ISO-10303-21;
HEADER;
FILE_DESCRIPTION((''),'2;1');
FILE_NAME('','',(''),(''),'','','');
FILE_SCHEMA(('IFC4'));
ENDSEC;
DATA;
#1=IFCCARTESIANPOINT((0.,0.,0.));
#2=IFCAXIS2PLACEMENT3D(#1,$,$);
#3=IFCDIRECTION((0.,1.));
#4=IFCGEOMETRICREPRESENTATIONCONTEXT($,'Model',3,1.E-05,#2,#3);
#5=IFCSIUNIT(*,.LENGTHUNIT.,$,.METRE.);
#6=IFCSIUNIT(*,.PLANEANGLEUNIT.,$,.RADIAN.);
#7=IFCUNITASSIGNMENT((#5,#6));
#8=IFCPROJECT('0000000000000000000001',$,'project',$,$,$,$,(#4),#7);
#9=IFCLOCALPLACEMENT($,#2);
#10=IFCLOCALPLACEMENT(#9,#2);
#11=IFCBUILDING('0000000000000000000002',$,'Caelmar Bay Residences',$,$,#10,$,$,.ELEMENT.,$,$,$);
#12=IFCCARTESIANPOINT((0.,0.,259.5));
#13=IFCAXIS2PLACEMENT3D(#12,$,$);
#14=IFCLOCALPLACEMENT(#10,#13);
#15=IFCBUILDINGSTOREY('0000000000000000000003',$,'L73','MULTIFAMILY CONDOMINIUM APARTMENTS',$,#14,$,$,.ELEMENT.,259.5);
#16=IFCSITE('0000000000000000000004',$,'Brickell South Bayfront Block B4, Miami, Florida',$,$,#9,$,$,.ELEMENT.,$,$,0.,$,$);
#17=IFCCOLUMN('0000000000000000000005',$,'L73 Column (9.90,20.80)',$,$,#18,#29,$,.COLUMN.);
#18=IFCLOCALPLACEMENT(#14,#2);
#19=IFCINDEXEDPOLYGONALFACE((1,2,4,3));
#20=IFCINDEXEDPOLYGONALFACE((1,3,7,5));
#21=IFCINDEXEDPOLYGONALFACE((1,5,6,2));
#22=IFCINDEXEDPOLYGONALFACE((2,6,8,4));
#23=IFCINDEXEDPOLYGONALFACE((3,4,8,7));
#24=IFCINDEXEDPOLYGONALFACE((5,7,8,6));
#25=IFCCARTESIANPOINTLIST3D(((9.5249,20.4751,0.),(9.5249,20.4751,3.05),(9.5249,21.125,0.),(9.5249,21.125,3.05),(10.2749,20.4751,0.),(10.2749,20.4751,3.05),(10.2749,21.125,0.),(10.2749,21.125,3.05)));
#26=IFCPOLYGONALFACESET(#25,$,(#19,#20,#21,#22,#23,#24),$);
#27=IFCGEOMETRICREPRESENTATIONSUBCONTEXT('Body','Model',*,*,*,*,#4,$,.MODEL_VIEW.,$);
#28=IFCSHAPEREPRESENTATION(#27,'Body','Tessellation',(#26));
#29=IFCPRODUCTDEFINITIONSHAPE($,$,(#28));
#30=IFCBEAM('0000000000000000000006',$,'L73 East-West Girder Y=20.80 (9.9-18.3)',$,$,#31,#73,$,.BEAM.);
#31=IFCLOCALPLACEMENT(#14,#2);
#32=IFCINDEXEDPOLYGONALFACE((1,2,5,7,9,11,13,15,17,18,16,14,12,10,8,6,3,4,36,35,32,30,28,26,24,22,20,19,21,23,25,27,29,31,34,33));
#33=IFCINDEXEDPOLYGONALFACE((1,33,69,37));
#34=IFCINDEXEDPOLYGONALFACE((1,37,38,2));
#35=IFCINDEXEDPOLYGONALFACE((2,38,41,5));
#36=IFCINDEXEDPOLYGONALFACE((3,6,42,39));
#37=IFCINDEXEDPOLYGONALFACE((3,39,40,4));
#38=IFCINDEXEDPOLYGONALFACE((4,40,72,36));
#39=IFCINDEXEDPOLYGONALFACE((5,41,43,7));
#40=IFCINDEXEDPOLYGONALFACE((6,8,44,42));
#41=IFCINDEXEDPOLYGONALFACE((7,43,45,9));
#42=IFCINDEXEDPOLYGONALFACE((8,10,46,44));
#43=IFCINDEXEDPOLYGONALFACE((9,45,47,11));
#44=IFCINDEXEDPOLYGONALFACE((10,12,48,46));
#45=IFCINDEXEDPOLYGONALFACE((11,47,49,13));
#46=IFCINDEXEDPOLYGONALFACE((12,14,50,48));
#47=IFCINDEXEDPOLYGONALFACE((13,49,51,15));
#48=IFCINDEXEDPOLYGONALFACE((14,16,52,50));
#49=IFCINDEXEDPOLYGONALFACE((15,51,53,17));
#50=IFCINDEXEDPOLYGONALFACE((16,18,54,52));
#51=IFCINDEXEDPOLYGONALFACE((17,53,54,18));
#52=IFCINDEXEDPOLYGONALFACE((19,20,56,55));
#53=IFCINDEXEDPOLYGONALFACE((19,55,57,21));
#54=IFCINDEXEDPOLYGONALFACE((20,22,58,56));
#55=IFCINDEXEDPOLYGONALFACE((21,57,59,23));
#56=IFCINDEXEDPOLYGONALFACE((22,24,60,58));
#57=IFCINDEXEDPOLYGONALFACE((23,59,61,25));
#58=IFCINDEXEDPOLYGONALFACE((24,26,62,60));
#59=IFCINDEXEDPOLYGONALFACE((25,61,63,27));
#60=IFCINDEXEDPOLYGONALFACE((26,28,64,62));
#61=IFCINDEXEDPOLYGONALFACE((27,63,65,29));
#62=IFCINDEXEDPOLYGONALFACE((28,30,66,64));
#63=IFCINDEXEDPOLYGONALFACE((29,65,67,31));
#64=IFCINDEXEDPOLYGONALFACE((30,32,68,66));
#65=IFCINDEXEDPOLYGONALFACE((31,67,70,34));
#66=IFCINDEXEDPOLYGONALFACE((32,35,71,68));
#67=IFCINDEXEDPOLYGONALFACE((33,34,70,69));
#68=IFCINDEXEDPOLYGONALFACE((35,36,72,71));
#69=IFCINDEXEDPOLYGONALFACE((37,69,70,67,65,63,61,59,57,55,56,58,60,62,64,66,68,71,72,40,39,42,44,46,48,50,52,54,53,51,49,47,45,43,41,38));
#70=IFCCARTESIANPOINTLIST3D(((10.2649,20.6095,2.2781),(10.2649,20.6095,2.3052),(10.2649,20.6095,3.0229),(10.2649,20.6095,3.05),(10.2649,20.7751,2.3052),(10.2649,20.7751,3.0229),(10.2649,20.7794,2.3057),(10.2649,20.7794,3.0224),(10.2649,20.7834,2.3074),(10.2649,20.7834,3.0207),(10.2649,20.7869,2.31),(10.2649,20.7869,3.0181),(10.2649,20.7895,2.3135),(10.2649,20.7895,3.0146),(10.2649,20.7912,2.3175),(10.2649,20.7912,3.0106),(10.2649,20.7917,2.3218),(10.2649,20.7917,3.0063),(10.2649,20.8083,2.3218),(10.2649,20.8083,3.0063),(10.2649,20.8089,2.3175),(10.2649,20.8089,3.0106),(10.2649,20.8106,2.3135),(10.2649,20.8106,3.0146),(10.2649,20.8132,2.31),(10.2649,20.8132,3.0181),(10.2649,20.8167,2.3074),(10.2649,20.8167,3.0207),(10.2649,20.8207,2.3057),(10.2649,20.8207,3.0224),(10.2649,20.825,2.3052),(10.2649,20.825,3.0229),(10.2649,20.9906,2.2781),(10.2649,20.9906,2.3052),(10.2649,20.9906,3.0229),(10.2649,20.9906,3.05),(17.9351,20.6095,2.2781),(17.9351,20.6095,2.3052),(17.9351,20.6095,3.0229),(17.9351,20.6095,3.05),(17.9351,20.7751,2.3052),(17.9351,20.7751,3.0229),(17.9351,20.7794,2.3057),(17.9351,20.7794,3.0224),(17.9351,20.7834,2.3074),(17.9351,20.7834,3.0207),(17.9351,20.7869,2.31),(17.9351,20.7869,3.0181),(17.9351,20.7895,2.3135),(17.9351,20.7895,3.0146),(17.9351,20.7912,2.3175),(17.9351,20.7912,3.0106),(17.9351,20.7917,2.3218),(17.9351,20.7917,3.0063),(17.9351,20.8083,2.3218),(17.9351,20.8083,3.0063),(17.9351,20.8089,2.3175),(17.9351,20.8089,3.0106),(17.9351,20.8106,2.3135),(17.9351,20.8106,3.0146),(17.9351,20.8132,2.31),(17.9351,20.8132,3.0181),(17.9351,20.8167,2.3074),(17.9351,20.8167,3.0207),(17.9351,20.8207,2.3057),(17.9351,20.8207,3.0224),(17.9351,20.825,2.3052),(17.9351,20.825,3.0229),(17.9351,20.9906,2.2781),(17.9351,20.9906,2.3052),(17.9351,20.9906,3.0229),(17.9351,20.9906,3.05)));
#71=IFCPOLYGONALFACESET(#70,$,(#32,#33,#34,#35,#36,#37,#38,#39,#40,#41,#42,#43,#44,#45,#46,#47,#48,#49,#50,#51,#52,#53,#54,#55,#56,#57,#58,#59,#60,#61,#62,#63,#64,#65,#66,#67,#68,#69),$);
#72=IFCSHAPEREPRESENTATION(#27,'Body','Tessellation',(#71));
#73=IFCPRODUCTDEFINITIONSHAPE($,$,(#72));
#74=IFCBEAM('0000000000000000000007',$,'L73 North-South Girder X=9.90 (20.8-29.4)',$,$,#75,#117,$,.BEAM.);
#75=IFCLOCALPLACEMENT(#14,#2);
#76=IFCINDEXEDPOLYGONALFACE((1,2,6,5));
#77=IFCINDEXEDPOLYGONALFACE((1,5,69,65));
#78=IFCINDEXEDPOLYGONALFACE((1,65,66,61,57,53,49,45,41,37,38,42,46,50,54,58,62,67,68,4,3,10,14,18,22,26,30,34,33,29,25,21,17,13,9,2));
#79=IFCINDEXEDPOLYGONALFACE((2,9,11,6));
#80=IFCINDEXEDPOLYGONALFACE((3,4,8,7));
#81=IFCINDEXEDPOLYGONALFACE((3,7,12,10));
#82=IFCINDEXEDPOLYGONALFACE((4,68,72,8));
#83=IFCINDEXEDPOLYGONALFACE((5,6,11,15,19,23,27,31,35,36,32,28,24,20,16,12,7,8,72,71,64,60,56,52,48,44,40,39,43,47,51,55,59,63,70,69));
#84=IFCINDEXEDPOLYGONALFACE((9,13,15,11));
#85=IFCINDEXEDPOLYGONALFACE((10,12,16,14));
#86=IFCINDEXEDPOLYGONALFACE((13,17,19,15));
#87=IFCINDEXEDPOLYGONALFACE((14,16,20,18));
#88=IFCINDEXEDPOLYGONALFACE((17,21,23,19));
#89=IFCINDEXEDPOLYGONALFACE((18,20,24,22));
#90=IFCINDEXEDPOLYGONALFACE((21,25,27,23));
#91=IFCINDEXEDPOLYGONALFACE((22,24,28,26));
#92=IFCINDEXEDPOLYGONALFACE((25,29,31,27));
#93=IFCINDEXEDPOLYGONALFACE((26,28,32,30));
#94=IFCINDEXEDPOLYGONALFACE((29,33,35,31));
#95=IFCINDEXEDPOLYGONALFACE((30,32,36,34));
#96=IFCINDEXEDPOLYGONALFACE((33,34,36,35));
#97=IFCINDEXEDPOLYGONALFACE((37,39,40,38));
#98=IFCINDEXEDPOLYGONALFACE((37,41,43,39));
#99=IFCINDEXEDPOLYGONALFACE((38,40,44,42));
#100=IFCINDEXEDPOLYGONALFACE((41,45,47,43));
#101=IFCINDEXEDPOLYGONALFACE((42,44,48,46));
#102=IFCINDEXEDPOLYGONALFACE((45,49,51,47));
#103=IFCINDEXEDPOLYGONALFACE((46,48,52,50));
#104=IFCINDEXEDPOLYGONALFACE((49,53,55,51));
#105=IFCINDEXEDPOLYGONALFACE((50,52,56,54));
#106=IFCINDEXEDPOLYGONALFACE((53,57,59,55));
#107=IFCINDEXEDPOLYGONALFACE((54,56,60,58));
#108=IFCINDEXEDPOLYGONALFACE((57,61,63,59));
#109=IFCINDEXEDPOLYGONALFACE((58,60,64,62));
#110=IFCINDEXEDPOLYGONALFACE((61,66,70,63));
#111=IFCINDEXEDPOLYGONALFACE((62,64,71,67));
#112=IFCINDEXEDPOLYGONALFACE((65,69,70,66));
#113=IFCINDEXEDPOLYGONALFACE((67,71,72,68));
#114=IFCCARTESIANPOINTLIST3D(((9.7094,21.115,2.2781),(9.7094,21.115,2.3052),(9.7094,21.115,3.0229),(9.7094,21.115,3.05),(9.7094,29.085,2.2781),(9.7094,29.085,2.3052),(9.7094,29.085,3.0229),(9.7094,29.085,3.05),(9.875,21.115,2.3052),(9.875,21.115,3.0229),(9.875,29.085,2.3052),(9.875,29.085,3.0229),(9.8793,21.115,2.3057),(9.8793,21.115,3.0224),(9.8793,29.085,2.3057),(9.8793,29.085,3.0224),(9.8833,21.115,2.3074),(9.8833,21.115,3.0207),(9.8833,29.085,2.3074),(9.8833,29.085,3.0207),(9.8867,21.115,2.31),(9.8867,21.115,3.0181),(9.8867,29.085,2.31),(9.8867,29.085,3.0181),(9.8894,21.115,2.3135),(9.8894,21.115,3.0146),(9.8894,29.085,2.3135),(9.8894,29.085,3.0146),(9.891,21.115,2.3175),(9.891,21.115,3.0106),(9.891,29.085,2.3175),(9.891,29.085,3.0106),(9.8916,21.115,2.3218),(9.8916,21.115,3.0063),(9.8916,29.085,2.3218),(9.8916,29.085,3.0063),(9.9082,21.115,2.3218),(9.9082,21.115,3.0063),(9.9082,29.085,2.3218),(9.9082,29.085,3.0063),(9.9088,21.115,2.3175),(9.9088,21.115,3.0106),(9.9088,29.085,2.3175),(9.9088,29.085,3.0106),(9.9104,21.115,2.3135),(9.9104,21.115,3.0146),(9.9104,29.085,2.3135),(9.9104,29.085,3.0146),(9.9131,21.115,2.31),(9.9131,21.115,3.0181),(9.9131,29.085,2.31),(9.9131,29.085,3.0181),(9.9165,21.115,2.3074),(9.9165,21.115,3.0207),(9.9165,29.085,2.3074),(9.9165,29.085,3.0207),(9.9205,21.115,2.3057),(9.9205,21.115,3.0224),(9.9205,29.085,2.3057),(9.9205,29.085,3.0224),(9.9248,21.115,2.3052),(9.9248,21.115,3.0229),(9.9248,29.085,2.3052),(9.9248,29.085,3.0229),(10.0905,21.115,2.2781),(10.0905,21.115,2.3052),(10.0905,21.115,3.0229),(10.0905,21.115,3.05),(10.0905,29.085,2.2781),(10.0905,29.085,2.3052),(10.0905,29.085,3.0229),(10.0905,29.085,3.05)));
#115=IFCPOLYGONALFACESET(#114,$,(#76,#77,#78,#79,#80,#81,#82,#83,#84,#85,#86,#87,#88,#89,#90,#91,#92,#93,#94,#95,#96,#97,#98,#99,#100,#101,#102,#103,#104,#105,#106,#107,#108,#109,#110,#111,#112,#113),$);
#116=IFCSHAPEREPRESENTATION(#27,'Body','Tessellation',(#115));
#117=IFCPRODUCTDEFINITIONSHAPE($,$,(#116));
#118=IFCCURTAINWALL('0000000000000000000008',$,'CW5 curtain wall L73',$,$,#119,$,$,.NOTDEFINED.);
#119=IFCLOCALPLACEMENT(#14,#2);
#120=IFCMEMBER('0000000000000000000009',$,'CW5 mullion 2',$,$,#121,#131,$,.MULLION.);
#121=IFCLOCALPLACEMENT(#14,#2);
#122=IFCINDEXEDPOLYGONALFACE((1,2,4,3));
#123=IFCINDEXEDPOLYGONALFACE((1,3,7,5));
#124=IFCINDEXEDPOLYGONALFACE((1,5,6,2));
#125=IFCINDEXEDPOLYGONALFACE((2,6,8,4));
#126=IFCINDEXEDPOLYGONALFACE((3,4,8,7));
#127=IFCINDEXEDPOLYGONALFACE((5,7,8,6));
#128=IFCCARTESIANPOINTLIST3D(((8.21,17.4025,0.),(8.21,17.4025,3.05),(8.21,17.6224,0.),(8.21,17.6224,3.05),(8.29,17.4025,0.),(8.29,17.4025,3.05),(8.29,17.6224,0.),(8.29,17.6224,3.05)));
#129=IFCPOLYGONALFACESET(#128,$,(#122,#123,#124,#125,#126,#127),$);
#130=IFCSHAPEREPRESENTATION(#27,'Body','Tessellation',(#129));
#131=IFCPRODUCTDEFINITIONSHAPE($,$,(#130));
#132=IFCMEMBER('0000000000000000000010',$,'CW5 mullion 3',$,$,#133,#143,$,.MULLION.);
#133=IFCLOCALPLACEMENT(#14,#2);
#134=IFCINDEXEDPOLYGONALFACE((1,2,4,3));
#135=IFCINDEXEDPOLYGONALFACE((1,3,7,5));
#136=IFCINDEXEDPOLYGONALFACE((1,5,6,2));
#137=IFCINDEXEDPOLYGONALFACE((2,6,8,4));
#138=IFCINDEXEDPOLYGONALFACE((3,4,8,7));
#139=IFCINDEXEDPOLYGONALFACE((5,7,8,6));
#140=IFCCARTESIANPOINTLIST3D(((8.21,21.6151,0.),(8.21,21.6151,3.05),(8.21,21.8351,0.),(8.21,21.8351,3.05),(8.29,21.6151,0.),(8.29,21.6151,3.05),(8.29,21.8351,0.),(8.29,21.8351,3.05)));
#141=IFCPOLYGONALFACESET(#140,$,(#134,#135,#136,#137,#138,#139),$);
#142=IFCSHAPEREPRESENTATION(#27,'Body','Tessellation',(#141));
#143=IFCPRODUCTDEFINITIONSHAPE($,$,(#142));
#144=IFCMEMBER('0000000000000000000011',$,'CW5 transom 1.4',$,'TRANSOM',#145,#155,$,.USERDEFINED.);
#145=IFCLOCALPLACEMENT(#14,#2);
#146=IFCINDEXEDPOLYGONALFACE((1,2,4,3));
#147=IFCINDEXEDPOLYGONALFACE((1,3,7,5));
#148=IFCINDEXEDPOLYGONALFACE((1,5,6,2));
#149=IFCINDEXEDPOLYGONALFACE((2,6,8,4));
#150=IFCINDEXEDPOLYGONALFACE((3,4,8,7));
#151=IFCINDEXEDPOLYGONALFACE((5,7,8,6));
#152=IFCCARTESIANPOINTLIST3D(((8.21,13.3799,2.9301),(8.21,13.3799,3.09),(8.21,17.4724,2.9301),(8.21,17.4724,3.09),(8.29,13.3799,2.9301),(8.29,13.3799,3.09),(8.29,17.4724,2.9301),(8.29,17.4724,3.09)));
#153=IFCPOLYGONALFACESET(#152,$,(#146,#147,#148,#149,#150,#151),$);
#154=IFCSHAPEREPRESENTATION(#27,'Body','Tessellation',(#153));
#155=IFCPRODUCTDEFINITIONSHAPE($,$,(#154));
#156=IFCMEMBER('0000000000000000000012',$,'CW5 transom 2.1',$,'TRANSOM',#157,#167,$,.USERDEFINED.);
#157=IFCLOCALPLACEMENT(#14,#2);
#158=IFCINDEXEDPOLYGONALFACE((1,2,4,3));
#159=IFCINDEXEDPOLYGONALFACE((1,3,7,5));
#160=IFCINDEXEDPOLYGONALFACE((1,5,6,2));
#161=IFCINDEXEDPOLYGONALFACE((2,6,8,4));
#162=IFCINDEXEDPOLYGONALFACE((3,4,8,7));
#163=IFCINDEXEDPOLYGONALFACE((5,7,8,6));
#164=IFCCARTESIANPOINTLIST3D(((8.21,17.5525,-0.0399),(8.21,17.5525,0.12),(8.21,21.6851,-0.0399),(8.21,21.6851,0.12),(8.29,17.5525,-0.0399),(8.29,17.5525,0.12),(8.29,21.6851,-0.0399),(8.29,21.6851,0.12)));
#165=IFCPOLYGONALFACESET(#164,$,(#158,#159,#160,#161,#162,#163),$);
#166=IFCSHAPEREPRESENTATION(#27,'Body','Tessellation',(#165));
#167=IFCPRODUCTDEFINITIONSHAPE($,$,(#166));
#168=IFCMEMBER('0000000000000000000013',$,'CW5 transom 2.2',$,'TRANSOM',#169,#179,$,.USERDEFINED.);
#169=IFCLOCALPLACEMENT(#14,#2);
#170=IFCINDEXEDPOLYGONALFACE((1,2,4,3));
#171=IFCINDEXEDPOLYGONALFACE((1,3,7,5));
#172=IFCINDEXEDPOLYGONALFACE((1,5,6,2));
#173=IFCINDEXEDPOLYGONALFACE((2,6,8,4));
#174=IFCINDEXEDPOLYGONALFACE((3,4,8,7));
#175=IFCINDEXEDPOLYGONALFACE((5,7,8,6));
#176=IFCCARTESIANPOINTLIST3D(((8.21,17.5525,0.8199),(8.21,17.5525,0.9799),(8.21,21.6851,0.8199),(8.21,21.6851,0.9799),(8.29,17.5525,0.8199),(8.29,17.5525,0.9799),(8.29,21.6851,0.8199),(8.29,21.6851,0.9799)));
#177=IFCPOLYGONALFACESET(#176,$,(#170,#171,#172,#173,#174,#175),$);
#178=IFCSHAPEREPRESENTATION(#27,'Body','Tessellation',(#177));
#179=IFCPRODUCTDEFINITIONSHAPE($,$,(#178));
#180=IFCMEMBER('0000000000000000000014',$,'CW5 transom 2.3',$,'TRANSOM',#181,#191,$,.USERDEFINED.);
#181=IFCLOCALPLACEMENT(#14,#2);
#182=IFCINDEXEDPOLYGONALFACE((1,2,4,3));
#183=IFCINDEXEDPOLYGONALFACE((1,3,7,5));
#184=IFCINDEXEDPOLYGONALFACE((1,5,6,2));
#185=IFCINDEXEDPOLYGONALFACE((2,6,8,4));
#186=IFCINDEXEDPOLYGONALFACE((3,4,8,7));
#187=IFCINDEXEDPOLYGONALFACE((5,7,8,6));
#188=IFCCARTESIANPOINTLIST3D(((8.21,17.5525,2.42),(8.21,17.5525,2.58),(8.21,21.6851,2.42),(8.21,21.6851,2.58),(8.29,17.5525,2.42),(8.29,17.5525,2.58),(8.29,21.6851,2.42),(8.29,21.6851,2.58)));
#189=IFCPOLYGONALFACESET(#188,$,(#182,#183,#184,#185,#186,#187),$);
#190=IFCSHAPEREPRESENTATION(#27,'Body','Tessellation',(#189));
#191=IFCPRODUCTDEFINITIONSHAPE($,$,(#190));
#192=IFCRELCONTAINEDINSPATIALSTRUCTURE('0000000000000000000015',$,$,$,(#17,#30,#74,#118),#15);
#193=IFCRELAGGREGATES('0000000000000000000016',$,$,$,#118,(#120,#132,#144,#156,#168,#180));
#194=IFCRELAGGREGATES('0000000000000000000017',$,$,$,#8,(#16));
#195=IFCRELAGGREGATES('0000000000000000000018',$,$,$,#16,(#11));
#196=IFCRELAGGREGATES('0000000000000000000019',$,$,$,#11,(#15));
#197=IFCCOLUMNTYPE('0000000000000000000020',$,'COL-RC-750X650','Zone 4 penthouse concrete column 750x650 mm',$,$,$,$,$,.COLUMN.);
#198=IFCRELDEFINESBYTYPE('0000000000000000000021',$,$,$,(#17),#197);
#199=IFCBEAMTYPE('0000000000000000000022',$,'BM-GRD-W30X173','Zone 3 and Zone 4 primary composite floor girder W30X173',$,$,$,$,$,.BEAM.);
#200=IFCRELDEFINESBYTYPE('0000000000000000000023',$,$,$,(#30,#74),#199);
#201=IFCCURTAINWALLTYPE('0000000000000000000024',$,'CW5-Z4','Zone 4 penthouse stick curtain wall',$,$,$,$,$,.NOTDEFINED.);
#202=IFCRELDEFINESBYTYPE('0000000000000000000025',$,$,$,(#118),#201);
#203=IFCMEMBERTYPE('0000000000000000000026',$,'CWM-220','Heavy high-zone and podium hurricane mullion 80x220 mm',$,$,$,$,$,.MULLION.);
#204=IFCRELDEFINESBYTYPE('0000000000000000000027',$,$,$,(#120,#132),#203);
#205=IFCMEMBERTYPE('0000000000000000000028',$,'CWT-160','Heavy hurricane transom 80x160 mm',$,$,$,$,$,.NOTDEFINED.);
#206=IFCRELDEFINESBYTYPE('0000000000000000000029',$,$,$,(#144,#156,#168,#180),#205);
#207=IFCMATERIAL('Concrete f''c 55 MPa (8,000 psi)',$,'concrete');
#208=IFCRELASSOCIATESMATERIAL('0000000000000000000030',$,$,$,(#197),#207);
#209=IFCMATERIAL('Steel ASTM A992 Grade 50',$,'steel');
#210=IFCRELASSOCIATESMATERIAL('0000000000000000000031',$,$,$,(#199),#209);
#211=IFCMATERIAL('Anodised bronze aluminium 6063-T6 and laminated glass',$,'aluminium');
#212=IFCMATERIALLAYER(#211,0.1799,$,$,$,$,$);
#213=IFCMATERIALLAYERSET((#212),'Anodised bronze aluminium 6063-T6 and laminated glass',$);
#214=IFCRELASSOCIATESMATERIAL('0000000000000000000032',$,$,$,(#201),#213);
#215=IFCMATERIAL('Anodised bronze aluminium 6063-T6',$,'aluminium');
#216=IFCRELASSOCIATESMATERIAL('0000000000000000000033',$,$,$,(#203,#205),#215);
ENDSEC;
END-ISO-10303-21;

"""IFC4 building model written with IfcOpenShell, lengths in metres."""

from ifc_helpers import new_model, si_unit, direction, frame, origin, origin_2d, place, context, subcontext, project, spatial, rectangle, i_section, extrude, material, layer, layer_set, material_profile, profile_set, type_object, element, aggregate, save


model = new_model("IFC4")

# Units and contexts
model_context = context("Model", 3, precision=1e-05, world=origin(), true_north=direction((0.0, 1.0)))
body_context = subcontext(model_context, "Body", "Model", "MODEL_VIEW")
ifc_project = project(units=[si_unit("LENGTHUNIT", "METRE"), si_unit("PLANEANGLEUNIT", "RADIAN")], contexts=[model_context])

# Site, building, storey
site_placement = place(None, origin())
site = spatial("IfcSite", under=ifc_project, at=site_placement, Name="Brickell South Bayfront Block B4, Miami, Florida", CompositionType="ELEMENT", RefElevation=0.0)
building_placement = place(site_placement, origin())
building = spatial("IfcBuilding", under=site, at=building_placement, Name="Caelmar Bay Residences", CompositionType="ELEMENT")
storey_placement = place(building_placement, frame((0.0, 0.0, 259.5)))
storey = spatial("IfcBuildingStorey", under=building, at=storey_placement, Name="L73", Description="MULTIFAMILY CONDOMINIUM APARTMENTS", CompositionType="ELEMENT", Elevation=259.5)

# Column
ifc_material_1 = material(Name="Concrete f'c 55 MPa (8,000 psi)", Category="concrete")
ifc_material_profile_1 = material_profile(ifc_material_1, rectangle(XDim=0.75, YDim=0.6499, at=origin_2d()), Name="RC-COL-750X650")
ifc_profile_set_1 = profile_set([ifc_material_profile_1], Name="Concrete f'c 55 MPa (8,000 psi)")
column_type = type_object("IfcColumnType", Name="COL-RC-750X650", Description="Zone 4 penthouse concrete column 750x650 mm", PredefinedType="COLUMN", material=ifc_profile_set_1)
column_placement = place(storey_placement, frame((9.8999, 20.8, 0.0), z_axis=(0.0, 0.0, 1.0), x_axis=(1.0, 0.0, 0.0)))
element("IfcColumn", 1, at=column_placement, inside=storey, type_object=column_type, Name="L73 Column (9.90,20.80)", PredefinedType="COLUMN", context=body_context, shape_type="SweptSolid", body=[
    extrude(rectangle(XDim=0.75, YDim=0.6499, at=origin_2d()), origin(), (0.0, 0.0, 1.0), 3.05),
])

# Beams
ifc_material_2 = material(Name="Steel ASTM A992 Grade 50", Category="steel")
ifc_material_profile_2 = material_profile(ifc_material_2, i_section(OverallWidth=0.3811, OverallDepth=0.772, WebThickness=0.0166, FlangeThickness=0.0271, FilletRadius=0.0166, at=origin_2d()), Name="W30X173")
ifc_profile_set_2 = profile_set([ifc_material_profile_2], Name="Steel ASTM A992 Grade 50")
beam_type = type_object("IfcBeamType", Name="BM-GRD-W30X173", Description="Zone 3 and Zone 4 primary composite floor girder W30X173", PredefinedType="BEAM", material=ifc_profile_set_2)
beam_1_placement = place(storey_placement, frame((10.2649, 20.8, 2.6641), z_axis=(1.0, 0.0, 0.0), x_axis=(0.0, 1.0, 0.0)))
element("IfcBeam", 2, at=beam_1_placement, inside=storey, type_object=beam_type, Name="L73 East-West Girder Y=20.80 (9.9-18.3)", PredefinedType="BEAM", context=body_context, shape_type="SweptSolid", body=[
    extrude(i_section(OverallWidth=0.3811, OverallDepth=0.772, WebThickness=0.0166, FlangeThickness=0.0271, FilletRadius=0.0166, at=origin_2d()), origin(), (0.0, 0.0, 1.0), 7.6702),
])
beam_2_placement = place(storey_placement, frame((9.8999, 21.115, 2.6641), z_axis=(0.0, 1.0, 0.0), x_axis=(-1.0, 0.0, 0.0)))
element("IfcBeam", 3, at=beam_2_placement, inside=storey, type_object=beam_type, Name="L73 North-South Girder X=9.90 (20.8-29.4)", PredefinedType="BEAM", context=body_context, shape_type="SweptSolid", body=[
    extrude(i_section(OverallWidth=0.3811, OverallDepth=0.772, WebThickness=0.0166, FlangeThickness=0.0271, FilletRadius=0.0166, at=origin_2d()), origin(), (0.0, 0.0, 1.0), 7.97),
])

# Curtain wall, members
ifc_material_3 = material(Name="Anodised bronze aluminium 6063-T6 and laminated glass", Category="aluminium")
ifc_layer_1 = layer(ifc_material_3, 0.1799)
ifc_layer_set_1 = layer_set([ifc_layer_1], Name="Anodised bronze aluminium 6063-T6 and laminated glass")
curtain_wall_type = type_object("IfcCurtainWallType", Name="CW5-Z4", Description="Zone 4 penthouse stick curtain wall", PredefinedType="NOTDEFINED", material=ifc_layer_set_1)
curtain_wall_placement = place(storey_placement, origin())
curtain_wall = element("IfcCurtainWall", 4, at=curtain_wall_placement, inside=storey, type_object=curtain_wall_type, Name="CW5 curtain wall L73", PredefinedType="NOTDEFINED")
ifc_material_4 = material(Name="Anodised bronze aluminium 6063-T6", Category="aluminium")
ifc_material_profile_3 = material_profile(ifc_material_4, rectangle(XDim=0.0801, YDim=0.22, at=origin_2d()), Name="CWM-80X220")
ifc_profile_set_3 = profile_set([ifc_material_profile_3], Name="Anodised bronze aluminium 6063-T6")
member_type_1 = type_object("IfcMemberType", Name="CWM-220", Description="Heavy high-zone and podium hurricane mullion 80x220 mm", PredefinedType="MULLION", material=ifc_profile_set_3)
member_1_placement = place(storey_placement, frame((8.25, 17.5125, 0.0), z_axis=(0.0, 0.0, 1.0), x_axis=(-1.0, 0.0, 0.0)))
member_1 = element("IfcMember", 5, at=member_1_placement, type_object=member_type_1, Name="CW5 mullion 2", PredefinedType="MULLION", context=body_context, shape_type="SweptSolid", body=[
    extrude(rectangle(XDim=0.0801, YDim=0.22, at=origin_2d()), origin(), (0.0, 0.0, 1.0), 3.05),
])
member_2_placement = place(storey_placement, frame((8.25, 21.7251, 0.0), z_axis=(0.0, 0.0, 1.0), x_axis=(-1.0, 0.0, 0.0)))
member_2 = element("IfcMember", 6, at=member_2_placement, type_object=member_type_1, Name="CW5 mullion 3", PredefinedType="MULLION", context=body_context, shape_type="SweptSolid", body=[
    extrude(rectangle(XDim=0.0801, YDim=0.22, at=origin_2d()), origin(), (0.0, 0.0, 1.0), 3.05),
])
ifc_material_profile_4 = material_profile(ifc_material_4, rectangle(XDim=0.0801, YDim=0.1599, at=origin_2d()), Name="CWT-80X160")
ifc_profile_set_4 = profile_set([ifc_material_profile_4], Name="Anodised bronze aluminium 6063-T6")
member_type_2 = type_object("IfcMemberType", Name="CWT-160", Description="Heavy hurricane transom 80x160 mm", PredefinedType="NOTDEFINED", material=ifc_profile_set_4)
member_3_placement = place(storey_placement, frame((8.25, 13.3799, 3.01), z_axis=(0.0, 1.0, 0.0), x_axis=(-1.0, 0.0, 0.0)))
member_3 = element("IfcMember", 7, at=member_3_placement, type_object=member_type_2, Name="CW5 transom 1.4", ObjectType="TRANSOM", PredefinedType="USERDEFINED", context=body_context, shape_type="SweptSolid", body=[
    extrude(rectangle(XDim=0.0801, YDim=0.1599, at=origin_2d()), origin(), (0.0, 0.0, 1.0), 4.0925),
])
member_4_placement = place(storey_placement, frame((8.25, 17.5525, 0.04), z_axis=(0.0, 1.0, 0.0), x_axis=(-1.0, 0.0, 0.0)))
member_4 = element("IfcMember", 8, at=member_4_placement, type_object=member_type_2, Name="CW5 transom 2.1", ObjectType="TRANSOM", PredefinedType="USERDEFINED", context=body_context, shape_type="SweptSolid", body=[
    extrude(rectangle(XDim=0.0801, YDim=0.1599, at=origin_2d()), origin(), (0.0, 0.0, 1.0), 4.1326),
])
member_5_placement = place(storey_placement, frame((8.25, 17.5525, 0.8999), z_axis=(0.0, 1.0, 0.0), x_axis=(-1.0, 0.0, 0.0)))
member_5 = element("IfcMember", 9, at=member_5_placement, type_object=member_type_2, Name="CW5 transom 2.2", ObjectType="TRANSOM", PredefinedType="USERDEFINED", context=body_context, shape_type="SweptSolid", body=[
    extrude(rectangle(XDim=0.0801, YDim=0.1599, at=origin_2d()), origin(), (0.0, 0.0, 1.0), 4.1326),
])
member_6_placement = place(storey_placement, frame((8.25, 17.5525, 2.5), z_axis=(0.0, 1.0, 0.0), x_axis=(-1.0, 0.0, 0.0)))
member_6 = element("IfcMember", 10, at=member_6_placement, type_object=member_type_2, Name="CW5 transom 2.3", ObjectType="TRANSOM", PredefinedType="USERDEFINED", context=body_context, shape_type="SweptSolid", body=[
    extrude(rectangle(XDim=0.0801, YDim=0.1599, at=origin_2d()), origin(), (0.0, 0.0, 1.0), 4.1326),
])
aggregate(curtain_wall, [member_1, member_2, member_3, member_4, member_5, member_6])

save(model, "model.ifc")
